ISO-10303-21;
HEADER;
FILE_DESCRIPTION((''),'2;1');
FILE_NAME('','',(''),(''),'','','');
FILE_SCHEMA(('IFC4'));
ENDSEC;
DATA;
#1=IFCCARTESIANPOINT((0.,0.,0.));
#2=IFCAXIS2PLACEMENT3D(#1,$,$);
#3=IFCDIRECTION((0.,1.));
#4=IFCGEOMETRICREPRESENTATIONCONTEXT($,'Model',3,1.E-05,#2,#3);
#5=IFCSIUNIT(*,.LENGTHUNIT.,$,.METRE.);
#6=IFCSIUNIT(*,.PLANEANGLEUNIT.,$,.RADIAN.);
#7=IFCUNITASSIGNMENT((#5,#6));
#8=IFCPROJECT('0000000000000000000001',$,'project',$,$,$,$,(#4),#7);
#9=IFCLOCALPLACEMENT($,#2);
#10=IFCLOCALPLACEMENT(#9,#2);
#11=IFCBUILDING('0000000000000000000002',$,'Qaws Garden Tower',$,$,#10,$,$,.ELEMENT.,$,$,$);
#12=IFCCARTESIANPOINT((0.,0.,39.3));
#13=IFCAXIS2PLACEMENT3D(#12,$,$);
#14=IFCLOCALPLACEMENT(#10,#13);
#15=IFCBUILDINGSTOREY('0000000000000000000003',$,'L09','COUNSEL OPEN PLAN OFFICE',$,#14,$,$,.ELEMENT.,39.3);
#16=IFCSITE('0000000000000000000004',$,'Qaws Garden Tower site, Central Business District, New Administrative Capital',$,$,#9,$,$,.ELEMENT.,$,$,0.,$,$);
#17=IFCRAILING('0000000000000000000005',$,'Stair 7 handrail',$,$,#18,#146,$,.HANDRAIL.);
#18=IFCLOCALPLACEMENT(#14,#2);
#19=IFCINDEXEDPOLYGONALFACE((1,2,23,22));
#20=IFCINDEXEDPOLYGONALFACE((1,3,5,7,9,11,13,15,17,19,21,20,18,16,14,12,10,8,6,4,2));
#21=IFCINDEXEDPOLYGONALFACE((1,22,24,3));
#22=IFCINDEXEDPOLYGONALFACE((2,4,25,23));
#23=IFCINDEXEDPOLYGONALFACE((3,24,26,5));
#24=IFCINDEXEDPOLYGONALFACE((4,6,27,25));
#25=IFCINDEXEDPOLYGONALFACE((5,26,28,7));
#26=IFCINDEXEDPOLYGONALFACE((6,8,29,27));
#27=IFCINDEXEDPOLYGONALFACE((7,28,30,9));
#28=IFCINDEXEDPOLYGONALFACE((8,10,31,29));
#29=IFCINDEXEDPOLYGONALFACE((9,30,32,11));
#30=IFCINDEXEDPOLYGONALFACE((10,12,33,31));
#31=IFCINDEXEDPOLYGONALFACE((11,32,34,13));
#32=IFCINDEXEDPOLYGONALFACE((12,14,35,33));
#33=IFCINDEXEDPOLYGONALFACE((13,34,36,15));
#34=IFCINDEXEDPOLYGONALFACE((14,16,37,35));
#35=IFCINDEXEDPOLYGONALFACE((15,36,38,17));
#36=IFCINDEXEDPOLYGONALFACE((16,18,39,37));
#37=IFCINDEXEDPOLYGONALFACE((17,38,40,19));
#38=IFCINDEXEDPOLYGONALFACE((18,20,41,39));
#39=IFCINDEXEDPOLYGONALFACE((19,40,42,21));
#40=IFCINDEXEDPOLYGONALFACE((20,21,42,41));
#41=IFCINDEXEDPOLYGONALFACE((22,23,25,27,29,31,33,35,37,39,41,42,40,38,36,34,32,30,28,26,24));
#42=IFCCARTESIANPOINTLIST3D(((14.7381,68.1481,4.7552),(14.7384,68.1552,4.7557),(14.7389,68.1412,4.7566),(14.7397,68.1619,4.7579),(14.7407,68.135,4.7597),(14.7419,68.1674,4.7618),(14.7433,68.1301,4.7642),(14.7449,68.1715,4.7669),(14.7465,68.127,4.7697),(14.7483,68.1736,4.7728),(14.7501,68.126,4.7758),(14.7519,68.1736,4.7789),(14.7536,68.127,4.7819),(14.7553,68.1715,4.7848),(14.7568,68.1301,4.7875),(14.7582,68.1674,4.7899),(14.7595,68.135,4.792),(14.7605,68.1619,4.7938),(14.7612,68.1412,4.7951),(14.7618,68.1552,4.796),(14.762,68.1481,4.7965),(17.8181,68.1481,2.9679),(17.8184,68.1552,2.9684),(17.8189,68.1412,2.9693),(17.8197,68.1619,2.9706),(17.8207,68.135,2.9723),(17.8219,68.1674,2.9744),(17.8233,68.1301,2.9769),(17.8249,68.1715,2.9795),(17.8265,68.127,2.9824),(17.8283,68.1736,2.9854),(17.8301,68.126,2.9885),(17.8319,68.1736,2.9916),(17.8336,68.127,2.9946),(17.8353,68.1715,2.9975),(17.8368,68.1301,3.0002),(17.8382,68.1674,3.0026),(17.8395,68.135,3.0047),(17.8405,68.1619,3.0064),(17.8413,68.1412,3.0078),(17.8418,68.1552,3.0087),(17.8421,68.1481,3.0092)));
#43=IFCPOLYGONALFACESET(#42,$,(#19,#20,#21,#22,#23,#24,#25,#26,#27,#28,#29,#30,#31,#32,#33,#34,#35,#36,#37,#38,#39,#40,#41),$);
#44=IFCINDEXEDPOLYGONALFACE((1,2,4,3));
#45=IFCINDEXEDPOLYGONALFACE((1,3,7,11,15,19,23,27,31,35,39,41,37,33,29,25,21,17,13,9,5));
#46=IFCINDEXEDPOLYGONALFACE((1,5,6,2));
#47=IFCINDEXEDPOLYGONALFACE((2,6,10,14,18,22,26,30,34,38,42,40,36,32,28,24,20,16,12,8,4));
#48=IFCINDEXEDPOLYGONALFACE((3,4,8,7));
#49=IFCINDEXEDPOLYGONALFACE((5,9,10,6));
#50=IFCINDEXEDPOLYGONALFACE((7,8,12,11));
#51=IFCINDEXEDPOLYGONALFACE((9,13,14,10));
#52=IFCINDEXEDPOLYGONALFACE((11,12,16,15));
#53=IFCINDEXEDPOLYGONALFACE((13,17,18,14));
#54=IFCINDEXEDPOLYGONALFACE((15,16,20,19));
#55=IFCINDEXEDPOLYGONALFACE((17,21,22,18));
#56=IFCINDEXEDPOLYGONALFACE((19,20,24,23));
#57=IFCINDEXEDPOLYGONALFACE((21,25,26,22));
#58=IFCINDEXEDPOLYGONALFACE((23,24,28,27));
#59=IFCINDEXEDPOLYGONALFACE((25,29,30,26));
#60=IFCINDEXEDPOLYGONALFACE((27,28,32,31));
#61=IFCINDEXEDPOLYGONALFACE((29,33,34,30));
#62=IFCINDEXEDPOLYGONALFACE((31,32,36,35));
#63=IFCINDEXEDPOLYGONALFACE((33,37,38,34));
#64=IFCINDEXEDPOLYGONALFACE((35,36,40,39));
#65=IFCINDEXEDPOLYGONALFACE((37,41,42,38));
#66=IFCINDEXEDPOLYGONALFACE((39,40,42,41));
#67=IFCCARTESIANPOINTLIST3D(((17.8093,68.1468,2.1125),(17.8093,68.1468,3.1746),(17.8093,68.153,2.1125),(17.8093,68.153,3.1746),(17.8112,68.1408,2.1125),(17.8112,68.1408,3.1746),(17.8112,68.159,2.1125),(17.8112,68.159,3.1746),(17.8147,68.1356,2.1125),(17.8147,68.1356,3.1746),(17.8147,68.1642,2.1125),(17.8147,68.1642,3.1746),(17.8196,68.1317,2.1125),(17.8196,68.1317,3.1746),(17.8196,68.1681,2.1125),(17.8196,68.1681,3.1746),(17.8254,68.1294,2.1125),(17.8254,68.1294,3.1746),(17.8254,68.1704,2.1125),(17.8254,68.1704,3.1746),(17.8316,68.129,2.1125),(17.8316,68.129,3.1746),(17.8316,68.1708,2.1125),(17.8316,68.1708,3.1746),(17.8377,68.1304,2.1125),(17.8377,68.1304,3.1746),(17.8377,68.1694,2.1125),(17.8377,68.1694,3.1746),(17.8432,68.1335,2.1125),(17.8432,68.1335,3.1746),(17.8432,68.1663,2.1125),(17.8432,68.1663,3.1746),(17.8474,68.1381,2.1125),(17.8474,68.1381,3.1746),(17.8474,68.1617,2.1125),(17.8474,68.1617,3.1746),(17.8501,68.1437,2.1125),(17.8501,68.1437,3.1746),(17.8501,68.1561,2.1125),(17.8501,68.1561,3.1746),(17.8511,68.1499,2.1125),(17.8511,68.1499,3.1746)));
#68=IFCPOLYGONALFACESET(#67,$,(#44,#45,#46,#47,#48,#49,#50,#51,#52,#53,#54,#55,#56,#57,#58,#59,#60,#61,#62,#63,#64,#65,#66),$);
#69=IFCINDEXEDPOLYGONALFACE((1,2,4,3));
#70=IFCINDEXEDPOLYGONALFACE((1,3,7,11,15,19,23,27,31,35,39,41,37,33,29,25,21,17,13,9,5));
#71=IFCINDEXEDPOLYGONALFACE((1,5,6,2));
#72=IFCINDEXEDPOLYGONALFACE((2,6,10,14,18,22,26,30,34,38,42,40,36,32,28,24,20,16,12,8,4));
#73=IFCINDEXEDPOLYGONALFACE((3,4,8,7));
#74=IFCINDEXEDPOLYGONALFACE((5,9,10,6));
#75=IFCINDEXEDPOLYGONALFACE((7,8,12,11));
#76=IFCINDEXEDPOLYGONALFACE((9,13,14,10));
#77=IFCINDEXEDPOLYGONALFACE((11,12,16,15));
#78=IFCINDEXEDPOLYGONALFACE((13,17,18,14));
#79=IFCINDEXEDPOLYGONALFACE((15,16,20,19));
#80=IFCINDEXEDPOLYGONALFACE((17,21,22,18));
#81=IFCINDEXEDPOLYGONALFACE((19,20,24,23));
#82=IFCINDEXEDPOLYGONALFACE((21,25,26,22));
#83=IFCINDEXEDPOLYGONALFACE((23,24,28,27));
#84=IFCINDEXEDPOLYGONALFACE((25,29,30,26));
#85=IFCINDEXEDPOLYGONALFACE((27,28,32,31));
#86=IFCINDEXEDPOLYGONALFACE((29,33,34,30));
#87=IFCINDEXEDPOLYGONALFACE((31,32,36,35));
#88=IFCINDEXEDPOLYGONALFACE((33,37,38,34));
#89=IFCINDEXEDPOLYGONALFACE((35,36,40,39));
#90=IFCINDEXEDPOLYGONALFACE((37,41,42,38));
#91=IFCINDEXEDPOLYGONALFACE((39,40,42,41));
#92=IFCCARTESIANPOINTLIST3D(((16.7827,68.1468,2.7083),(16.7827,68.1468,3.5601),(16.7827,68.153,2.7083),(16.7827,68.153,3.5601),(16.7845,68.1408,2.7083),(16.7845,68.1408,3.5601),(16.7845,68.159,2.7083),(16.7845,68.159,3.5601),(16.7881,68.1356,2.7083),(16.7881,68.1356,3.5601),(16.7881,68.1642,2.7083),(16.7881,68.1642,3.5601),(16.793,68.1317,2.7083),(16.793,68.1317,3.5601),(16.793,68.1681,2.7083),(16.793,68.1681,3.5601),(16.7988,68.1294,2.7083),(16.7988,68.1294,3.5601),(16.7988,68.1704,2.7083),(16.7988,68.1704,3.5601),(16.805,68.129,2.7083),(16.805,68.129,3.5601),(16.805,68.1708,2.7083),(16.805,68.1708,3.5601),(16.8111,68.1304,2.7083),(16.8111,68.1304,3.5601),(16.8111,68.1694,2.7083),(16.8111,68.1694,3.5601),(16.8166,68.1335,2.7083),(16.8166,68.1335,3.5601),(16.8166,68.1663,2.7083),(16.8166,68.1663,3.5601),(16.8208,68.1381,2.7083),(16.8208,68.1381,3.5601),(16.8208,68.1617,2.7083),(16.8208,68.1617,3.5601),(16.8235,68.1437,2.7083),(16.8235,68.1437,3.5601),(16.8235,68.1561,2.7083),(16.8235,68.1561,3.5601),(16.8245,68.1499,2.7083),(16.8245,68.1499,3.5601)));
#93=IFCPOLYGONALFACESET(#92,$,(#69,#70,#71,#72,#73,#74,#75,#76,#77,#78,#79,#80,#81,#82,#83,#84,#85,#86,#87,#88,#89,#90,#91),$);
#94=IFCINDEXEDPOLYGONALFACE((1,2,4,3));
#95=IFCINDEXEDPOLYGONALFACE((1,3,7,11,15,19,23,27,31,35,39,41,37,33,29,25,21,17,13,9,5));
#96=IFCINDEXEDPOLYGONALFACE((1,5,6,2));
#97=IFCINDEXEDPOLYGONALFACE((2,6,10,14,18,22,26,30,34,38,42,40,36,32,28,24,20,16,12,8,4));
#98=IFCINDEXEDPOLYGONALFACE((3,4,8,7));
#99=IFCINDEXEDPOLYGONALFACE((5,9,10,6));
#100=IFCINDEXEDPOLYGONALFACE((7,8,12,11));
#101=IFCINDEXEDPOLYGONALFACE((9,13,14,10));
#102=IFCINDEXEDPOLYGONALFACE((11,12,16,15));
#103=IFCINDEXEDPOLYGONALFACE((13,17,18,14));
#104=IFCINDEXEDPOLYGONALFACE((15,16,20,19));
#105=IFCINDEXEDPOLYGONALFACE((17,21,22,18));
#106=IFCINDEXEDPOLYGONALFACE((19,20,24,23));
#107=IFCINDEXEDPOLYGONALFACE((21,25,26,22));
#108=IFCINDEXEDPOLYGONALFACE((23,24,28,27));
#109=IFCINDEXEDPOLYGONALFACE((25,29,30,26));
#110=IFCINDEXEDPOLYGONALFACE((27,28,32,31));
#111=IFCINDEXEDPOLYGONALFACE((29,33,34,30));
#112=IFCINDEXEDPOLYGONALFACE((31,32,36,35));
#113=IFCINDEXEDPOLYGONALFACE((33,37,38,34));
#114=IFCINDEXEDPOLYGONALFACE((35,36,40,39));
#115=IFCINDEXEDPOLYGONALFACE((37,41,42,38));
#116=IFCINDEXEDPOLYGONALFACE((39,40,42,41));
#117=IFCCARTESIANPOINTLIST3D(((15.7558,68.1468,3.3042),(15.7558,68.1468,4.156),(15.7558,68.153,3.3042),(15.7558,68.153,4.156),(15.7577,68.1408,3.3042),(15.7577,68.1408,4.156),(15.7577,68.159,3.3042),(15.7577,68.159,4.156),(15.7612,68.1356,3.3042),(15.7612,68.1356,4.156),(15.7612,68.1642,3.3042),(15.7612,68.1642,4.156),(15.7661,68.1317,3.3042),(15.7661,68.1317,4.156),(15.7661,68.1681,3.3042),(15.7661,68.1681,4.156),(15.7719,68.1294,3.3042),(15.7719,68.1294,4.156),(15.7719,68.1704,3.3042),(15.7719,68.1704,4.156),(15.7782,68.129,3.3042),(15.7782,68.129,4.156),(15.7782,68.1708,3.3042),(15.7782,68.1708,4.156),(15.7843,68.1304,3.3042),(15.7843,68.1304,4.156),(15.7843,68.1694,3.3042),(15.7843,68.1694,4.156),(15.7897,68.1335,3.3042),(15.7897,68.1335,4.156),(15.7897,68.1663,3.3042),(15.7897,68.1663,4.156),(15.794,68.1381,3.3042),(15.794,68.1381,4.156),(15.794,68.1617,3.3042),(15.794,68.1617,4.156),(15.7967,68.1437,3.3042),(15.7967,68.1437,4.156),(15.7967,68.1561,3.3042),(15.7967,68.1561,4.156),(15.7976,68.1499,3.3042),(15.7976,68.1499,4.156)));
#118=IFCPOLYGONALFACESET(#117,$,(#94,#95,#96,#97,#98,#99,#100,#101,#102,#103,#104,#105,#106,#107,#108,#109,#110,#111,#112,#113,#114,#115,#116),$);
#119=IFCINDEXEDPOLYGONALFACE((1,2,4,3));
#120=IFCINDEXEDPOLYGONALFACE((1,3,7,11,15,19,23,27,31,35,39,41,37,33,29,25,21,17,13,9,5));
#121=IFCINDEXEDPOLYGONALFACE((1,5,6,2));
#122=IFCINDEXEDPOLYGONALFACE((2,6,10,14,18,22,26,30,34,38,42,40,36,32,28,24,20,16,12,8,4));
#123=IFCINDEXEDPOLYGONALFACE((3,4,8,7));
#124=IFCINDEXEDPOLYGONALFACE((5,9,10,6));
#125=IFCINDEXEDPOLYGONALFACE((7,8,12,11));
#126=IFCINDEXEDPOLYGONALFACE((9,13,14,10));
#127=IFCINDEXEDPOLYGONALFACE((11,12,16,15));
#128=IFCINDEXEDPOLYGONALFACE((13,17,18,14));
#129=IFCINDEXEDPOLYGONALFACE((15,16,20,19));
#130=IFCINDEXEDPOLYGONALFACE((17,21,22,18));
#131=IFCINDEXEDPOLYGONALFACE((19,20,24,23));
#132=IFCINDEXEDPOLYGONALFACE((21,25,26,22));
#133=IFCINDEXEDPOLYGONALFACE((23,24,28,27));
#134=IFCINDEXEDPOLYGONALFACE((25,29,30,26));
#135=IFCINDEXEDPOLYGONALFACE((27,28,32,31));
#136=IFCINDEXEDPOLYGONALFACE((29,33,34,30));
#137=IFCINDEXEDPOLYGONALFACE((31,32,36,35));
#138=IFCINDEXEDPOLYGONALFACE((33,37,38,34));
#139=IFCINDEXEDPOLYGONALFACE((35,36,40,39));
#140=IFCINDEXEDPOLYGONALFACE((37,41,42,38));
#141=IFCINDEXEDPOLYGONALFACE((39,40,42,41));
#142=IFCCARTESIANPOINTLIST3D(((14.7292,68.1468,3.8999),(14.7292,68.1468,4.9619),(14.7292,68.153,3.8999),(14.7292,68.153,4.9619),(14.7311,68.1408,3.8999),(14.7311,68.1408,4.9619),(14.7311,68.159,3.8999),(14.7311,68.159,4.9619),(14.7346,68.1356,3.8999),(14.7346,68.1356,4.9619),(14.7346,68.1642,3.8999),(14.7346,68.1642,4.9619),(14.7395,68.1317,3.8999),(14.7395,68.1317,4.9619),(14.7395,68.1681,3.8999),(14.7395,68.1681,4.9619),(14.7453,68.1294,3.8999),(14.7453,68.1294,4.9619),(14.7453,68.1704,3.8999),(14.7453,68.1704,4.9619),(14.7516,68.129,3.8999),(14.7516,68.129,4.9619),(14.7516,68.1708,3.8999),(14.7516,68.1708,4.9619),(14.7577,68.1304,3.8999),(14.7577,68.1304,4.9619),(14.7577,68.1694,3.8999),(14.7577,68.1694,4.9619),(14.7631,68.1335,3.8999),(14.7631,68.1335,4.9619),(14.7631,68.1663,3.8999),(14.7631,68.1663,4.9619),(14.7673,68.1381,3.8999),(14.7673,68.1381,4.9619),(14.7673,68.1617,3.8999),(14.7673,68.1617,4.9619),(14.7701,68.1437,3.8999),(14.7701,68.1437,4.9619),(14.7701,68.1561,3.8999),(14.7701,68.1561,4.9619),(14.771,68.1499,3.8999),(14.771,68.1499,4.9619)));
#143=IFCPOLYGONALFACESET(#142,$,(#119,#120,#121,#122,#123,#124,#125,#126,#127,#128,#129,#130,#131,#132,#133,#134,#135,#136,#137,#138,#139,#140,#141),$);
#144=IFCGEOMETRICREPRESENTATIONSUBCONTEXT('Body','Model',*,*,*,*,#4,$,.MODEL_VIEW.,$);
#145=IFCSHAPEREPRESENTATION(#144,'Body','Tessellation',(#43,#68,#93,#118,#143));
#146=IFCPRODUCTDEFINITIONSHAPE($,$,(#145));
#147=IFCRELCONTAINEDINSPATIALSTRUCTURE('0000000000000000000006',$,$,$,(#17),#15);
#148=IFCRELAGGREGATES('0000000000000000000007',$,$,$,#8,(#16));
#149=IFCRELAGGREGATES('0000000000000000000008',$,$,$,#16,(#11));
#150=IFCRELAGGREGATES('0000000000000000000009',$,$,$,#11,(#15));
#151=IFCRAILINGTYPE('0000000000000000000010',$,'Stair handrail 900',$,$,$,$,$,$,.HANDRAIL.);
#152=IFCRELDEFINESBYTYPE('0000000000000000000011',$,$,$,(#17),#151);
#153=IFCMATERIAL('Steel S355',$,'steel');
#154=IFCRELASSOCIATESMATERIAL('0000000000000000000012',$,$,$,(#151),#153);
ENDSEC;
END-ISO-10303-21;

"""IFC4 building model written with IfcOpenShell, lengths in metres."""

from ifc_helpers import new_model, si_unit, direction, frame, origin, origin_2d, place, context, subcontext, project, spatial, circle, extrude, material, type_object, element, save


model = new_model("IFC4")

# Units and contexts
model_context = context("Model", 3, precision=1e-05, world=origin(), true_north=direction((0.0, 1.0)))
body_context = subcontext(model_context, "Body", "Model", "MODEL_VIEW")
ifc_project = project(units=[si_unit("LENGTHUNIT", "METRE"), si_unit("PLANEANGLEUNIT", "RADIAN")], contexts=[model_context])

# Site, building, storey
site_placement = place(None, origin())
site = spatial("IfcSite", under=ifc_project, at=site_placement, Name="Qaws Garden Tower site, Central Business District, New Administrative Capital", CompositionType="ELEMENT", RefElevation=0.0)
building_placement = place(site_placement, origin())
building = spatial("IfcBuilding", under=site, at=building_placement, Name="Qaws Garden Tower", CompositionType="ELEMENT")
storey_placement = place(building_placement, frame((0.0, 0.0, 39.3)))
storey = spatial("IfcBuildingStorey", under=building, at=storey_placement, Name="L09", Description="COUNSEL OPEN PLAN OFFICE", CompositionType="ELEMENT", Elevation=39.3)

# Railing
ifc_material_1 = material(Name="Steel S355", Category="steel")
railing_type = type_object("IfcRailingType", Name="Stair handrail 900", PredefinedType="HANDRAIL", material=ifc_material_1)
railing_placement = place(storey_placement, frame((17.8301, 68.1499, 2.1125)))
element("IfcRailing", 1, at=railing_placement, inside=storey, type_object=railing_type, Name="Stair 7 handrail", PredefinedType="HANDRAIL", context=body_context, shape_type="SweptSolid", body=[
    extrude(circle(Radius=0.0239, at=origin_2d()), frame((0.0, 0.0, 0.876), z_axis=(-0.86492, 0.0, 0.501909), x_axis=(0.0, -1.0, 0.0)), (0.0, 0.0, 1.0), 3.561),
    extrude(circle(Radius=0.021, at=origin_2d()), origin(), (0.0, 0.0, 1.0), 1.062),
    extrude(circle(Radius=0.021, at=origin_2d()), frame((-1.0266, 0.0, 0.5957)), (0.0, 0.0, 1.0), 0.8518),
    extrude(circle(Radius=0.021, at=origin_2d()), frame((-2.0535, 0.0, 1.1917)), (0.0, 0.0, 1.0), 0.8518),
    extrude(circle(Radius=0.021, at=origin_2d()), frame((-3.0801, 0.0, 1.7874)), (0.0, 0.0, 1.0), 1.062),
])

save(model, "model.ifc")
